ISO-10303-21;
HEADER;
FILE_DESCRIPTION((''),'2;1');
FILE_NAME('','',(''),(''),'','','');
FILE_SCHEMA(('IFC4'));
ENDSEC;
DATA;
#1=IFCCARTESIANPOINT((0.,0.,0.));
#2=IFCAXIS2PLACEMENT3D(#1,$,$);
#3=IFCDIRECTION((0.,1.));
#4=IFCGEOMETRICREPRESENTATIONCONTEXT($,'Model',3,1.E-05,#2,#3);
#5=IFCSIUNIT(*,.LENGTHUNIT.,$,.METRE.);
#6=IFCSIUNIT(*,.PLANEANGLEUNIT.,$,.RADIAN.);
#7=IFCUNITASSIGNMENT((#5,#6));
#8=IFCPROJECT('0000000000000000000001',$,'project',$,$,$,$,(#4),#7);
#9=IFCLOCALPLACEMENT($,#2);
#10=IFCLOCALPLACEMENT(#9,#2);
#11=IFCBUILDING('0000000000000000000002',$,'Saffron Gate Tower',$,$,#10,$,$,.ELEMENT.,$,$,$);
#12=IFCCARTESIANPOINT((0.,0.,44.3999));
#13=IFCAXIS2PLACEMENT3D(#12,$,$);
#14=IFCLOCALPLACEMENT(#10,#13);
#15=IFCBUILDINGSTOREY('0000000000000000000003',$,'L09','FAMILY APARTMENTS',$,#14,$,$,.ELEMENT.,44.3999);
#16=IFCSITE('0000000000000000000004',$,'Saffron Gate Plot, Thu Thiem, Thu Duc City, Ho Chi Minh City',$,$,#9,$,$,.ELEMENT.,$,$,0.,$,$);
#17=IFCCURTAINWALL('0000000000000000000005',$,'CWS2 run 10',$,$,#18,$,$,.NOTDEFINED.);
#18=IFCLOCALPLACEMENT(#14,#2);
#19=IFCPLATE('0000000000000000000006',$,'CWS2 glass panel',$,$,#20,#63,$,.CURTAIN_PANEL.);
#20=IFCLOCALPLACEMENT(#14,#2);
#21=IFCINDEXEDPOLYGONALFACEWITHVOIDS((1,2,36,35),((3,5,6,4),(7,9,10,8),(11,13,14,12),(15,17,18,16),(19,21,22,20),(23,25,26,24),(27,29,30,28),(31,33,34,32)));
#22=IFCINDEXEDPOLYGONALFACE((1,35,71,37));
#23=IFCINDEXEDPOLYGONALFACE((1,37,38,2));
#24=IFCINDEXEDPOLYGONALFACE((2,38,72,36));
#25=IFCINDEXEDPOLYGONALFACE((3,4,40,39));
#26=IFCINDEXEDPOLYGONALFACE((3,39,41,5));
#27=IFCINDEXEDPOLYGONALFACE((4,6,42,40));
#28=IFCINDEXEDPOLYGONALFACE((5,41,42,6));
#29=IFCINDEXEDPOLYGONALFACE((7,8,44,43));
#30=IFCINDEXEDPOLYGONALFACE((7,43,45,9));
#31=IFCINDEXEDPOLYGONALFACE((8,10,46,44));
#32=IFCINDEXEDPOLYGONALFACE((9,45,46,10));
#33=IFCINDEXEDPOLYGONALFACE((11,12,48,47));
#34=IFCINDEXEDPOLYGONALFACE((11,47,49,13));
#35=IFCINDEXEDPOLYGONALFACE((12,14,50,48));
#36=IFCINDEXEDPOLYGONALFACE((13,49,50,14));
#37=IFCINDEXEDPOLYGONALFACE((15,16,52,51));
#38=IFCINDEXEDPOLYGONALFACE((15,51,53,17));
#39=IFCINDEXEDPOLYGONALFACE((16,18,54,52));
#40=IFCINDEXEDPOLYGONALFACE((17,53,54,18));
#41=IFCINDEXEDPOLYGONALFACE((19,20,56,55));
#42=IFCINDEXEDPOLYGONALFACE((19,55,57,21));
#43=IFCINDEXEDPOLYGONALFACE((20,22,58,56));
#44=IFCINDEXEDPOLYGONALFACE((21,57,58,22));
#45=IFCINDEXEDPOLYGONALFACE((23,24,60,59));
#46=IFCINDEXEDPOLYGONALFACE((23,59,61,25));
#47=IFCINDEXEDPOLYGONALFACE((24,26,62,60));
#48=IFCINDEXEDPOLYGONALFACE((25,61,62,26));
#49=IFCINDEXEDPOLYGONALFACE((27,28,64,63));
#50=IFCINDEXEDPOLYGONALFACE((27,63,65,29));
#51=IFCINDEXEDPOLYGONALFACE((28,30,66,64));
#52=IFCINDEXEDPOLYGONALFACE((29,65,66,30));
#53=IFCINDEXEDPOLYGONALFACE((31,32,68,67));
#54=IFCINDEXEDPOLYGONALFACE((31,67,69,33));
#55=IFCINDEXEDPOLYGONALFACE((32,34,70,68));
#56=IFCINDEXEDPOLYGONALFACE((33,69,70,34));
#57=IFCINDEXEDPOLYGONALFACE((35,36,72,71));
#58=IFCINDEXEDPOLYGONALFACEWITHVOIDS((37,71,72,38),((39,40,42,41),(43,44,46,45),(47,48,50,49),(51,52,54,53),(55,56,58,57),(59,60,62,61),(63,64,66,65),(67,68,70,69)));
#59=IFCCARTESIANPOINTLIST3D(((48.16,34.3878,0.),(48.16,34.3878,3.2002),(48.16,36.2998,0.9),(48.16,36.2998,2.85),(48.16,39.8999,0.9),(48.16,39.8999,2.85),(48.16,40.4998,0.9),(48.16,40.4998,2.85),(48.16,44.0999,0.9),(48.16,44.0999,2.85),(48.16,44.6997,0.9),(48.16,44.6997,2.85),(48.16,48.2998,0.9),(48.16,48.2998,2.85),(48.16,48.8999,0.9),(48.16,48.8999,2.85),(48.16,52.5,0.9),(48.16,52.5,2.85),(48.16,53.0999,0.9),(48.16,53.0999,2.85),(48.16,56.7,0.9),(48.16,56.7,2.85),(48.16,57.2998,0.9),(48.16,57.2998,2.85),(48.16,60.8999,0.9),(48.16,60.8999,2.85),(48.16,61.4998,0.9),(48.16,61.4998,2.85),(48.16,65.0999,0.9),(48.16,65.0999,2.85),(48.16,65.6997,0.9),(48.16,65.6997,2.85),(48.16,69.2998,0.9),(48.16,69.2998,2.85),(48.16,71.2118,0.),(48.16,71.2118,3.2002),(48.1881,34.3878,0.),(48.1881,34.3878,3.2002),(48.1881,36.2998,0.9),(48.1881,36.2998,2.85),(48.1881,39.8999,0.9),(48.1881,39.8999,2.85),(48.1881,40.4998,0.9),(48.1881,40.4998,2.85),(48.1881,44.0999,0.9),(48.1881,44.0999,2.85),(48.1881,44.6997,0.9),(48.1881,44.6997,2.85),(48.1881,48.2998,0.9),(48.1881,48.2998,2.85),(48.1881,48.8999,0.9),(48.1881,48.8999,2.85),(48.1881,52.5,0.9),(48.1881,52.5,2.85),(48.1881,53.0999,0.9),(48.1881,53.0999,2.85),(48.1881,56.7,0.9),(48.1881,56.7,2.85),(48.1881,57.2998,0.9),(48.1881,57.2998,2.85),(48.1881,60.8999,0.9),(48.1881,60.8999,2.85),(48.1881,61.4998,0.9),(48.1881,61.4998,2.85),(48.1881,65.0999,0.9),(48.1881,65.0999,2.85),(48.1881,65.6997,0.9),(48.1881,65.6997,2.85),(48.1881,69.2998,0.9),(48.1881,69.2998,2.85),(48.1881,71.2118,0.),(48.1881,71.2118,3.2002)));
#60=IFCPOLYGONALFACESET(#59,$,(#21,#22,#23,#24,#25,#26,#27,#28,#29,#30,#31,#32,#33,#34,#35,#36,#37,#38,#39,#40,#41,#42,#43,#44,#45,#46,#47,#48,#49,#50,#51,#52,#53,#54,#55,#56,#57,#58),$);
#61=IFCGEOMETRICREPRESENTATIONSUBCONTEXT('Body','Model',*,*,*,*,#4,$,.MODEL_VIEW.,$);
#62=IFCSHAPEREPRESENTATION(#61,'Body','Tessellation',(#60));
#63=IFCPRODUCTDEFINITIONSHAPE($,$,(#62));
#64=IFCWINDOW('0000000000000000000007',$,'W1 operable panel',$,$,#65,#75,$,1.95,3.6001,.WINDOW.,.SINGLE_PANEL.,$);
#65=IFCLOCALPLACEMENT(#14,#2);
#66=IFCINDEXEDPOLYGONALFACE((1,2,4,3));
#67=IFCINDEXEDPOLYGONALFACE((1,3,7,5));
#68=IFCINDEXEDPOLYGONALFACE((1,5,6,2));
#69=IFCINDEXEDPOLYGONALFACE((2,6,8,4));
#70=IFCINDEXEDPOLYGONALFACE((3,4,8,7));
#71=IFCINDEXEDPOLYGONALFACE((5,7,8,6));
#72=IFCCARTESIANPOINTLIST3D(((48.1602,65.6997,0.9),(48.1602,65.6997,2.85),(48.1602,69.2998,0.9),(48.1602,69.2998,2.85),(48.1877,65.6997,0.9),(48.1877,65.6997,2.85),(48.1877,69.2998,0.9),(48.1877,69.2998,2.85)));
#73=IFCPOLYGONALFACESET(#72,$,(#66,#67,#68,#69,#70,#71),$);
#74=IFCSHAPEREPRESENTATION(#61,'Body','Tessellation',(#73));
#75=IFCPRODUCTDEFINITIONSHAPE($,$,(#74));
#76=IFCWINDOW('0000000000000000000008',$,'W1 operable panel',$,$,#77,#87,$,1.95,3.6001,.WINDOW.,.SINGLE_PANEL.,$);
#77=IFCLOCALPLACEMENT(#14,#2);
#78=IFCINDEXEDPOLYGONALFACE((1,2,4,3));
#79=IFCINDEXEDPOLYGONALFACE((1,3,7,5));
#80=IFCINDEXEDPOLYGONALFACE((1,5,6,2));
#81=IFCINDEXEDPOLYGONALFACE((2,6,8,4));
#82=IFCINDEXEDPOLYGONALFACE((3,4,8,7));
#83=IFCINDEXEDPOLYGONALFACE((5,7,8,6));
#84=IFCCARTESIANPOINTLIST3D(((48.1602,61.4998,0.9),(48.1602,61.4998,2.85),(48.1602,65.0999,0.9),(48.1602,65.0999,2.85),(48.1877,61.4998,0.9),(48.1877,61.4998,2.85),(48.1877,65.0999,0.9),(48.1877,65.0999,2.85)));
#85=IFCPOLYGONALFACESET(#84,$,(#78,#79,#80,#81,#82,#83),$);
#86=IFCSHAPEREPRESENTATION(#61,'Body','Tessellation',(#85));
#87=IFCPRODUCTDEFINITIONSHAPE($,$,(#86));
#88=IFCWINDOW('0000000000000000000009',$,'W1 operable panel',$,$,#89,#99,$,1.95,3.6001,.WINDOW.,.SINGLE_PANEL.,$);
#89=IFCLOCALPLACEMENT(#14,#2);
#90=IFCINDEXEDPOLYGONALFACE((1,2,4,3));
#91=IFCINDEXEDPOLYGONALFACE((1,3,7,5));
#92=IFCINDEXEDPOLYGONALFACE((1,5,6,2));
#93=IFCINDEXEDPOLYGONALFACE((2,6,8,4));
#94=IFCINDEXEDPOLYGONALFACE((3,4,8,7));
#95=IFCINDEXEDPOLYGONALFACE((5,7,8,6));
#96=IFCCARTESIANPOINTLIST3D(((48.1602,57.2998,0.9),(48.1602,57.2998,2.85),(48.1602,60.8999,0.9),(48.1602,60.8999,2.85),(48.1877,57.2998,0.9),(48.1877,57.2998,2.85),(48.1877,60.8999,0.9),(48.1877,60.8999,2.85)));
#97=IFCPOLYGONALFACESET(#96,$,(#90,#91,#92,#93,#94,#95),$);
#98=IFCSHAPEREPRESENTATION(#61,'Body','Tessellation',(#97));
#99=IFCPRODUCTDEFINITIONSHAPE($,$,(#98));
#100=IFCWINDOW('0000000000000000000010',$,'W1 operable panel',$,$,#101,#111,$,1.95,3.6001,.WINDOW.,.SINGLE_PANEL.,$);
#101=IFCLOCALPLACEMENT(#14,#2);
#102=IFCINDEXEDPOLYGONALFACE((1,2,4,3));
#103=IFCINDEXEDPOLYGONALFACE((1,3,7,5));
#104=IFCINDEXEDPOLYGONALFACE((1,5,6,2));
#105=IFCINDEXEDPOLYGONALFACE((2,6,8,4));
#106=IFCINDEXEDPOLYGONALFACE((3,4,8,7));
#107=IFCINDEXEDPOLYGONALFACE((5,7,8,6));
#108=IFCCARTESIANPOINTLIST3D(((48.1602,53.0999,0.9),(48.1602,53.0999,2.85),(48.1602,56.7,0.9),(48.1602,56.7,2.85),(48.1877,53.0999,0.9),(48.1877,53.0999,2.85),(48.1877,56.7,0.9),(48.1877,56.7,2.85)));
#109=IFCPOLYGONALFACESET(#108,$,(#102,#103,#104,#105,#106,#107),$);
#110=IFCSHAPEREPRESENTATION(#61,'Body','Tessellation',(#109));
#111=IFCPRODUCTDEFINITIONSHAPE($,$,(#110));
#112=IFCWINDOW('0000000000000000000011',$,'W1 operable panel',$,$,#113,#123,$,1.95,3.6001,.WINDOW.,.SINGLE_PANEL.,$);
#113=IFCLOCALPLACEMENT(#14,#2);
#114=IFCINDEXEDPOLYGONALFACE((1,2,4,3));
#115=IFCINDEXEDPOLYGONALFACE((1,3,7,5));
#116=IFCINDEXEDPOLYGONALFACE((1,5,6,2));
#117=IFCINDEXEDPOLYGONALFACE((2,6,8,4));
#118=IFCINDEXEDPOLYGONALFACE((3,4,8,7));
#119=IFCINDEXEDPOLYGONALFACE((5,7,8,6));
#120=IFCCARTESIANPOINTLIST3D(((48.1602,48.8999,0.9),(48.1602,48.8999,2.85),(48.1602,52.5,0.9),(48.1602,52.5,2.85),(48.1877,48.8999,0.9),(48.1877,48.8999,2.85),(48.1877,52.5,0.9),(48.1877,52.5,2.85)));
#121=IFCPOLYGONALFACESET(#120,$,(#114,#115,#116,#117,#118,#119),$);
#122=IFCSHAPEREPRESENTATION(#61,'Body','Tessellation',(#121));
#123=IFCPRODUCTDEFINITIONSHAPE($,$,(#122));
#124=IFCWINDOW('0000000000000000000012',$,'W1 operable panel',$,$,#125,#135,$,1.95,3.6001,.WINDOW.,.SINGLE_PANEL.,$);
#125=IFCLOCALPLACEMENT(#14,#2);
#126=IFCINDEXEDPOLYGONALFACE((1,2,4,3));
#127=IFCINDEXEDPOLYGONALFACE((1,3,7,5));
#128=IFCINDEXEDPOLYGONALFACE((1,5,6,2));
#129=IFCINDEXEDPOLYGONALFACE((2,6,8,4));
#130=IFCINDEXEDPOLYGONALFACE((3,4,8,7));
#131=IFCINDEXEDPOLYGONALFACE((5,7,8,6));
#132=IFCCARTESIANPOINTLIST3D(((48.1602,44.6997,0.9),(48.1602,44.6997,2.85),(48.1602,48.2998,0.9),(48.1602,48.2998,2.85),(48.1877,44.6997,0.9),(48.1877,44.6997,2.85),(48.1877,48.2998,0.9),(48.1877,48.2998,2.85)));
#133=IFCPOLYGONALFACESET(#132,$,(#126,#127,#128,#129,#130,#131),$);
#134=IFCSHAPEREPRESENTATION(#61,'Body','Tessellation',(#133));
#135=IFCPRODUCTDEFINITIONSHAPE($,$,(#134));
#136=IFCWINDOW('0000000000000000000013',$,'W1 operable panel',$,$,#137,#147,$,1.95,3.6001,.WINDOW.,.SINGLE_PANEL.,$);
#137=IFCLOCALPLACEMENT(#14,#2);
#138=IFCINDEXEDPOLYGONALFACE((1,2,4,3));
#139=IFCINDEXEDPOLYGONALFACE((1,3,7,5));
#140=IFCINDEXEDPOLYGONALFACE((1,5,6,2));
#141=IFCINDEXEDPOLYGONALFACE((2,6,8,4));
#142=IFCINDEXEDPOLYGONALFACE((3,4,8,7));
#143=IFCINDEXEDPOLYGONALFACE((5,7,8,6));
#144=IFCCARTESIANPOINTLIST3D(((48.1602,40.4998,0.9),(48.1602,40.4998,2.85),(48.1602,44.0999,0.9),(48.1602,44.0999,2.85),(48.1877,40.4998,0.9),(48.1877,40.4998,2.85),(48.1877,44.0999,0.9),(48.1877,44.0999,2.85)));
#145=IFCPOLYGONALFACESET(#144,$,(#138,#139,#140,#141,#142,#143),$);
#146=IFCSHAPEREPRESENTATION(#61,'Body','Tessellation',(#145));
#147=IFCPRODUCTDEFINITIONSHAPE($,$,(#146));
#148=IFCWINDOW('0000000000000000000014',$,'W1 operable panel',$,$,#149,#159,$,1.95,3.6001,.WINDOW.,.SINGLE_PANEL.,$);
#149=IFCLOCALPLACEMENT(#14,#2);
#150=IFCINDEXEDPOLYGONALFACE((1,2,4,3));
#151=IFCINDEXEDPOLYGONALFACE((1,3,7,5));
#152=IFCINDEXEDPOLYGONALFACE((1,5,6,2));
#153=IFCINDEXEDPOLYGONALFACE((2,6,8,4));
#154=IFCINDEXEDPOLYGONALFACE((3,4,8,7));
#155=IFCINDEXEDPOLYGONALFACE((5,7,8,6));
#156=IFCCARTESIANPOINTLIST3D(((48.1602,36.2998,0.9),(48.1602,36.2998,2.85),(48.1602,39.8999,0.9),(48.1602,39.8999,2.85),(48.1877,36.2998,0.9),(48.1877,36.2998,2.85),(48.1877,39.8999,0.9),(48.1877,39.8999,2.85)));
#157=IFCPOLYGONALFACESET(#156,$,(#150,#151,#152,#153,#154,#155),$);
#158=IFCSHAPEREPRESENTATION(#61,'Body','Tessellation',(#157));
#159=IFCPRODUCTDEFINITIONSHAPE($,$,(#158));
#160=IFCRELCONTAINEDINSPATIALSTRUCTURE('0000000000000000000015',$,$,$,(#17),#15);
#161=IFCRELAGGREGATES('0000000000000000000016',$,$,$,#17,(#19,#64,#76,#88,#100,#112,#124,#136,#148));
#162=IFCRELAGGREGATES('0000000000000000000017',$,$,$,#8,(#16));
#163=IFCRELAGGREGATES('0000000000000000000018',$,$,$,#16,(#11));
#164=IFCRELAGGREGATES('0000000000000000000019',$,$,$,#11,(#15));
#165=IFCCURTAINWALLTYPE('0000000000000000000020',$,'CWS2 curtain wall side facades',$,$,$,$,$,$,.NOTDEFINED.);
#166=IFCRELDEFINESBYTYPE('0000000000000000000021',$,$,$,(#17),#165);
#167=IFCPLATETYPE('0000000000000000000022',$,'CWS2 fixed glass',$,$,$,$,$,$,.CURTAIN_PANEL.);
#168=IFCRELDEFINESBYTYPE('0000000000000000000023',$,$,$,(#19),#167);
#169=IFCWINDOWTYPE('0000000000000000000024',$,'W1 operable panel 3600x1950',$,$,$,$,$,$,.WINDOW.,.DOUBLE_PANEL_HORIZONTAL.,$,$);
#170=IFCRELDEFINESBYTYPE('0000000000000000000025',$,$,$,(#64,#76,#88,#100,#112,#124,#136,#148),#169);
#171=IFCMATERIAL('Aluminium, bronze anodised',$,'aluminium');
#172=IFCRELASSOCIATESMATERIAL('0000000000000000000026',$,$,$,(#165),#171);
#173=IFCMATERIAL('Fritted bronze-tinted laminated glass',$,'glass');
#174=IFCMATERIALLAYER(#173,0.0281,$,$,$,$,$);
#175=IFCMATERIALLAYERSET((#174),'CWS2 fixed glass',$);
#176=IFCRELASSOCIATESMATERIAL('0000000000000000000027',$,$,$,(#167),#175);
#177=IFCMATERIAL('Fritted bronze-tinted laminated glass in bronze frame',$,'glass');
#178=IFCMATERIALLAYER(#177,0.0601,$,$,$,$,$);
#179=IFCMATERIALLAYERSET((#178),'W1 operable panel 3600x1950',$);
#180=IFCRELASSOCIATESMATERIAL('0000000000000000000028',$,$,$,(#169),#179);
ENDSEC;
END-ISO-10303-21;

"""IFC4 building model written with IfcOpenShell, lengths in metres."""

from ifc_helpers import new_model, si_unit, direction, frame, frame_2d, origin, place, context, subcontext, project, spatial, rectangle, extrude, material, layer, layer_set, type_object, element, fill, aggregate, save


model = new_model("IFC4")

# Units and contexts
model_context = context("Model", 3, precision=1e-05, world=origin(), true_north=direction((0.0, 1.0)))
body_context = subcontext(model_context, "Body", "Model", "MODEL_VIEW")
ifc_project = project(units=[si_unit("LENGTHUNIT", "METRE"), si_unit("PLANEANGLEUNIT", "RADIAN")], contexts=[model_context])

# Site, building, storey
site_placement = place(None, origin())
site = spatial("IfcSite", under=ifc_project, at=site_placement, Name="Saffron Gate Plot, Thu Thiem, Thu Duc City, Ho Chi Minh City", CompositionType="ELEMENT", RefElevation=0.0)
building_placement = place(site_placement, origin())
building = spatial("IfcBuilding", under=site, at=building_placement, Name="Saffron Gate Tower", CompositionType="ELEMENT")
storey_placement = place(building_placement, frame((0.0, 0.0, 44.3999)))
storey = spatial("IfcBuildingStorey", under=building, at=storey_placement, Name="L09", Description="FAMILY APARTMENTS", CompositionType="ELEMENT", Elevation=44.3999)

# Curtain wall
ifc_material_1 = material(Name="Aluminium, bronze anodised", Category="aluminium")
curtain_wall_type_1 = type_object("IfcCurtainWallType", Name="CWS2 curtain wall side facades", PredefinedType="NOTDEFINED", material=ifc_material_1)
curtain_wall_1_placement = place(storey_placement, origin())
curtain_wall_1 = element("IfcCurtainWall", 1, at=curtain_wall_1_placement, inside=storey, type_object=curtain_wall_type_1, Name="CWS2 run 10", PredefinedType="NOTDEFINED")

# Plate, openings, windows
ifc_material_2 = material(Name="Fritted bronze-tinted laminated glass", Category="glass")
ifc_layer_1 = layer(ifc_material_2, 0.0281)
ifc_layer_set_1 = layer_set([ifc_layer_1], Name="CWS2 fixed glass")
plate_type = type_object("IfcPlateType", Name="CWS2 fixed glass", PredefinedType="CURTAIN_PANEL", material=ifc_layer_set_1)
plate_placement = place(storey_placement, frame((48.1741, 71.2119, 0.0), z_axis=(0.0, 0.0, 1.0), x_axis=(0.0, -1.0, 0.0)))
plate = element("IfcPlate", 2, at=plate_placement, type_object=plate_type, Name="CWS2 glass panel", PredefinedType="CURTAIN_PANEL", context=body_context, shape_type="SweptSolid", body=[
    extrude(rectangle(XDim=36.824, YDim=0.0281, at=frame_2d((18.4121, 0.0))), origin(), (0.0, 0.0, 1.0), 3.2002),
])
opening_1_placement = place(plate_placement, frame((1.9121, 0.0, 0.8999)))
opening_1 = element("IfcOpeningElement", 3, at=opening_1_placement, cuts=plate, PredefinedType="OPENING", context=body_context, shape_type="SweptSolid", body=[
    extrude(rectangle(XDim=3.6001, YDim=1.95, at=frame_2d((1.8, 0.9751))), frame((0.0, 0.0239, 0.0), z_axis=(0.0, -1.0, 0.0), x_axis=(1.0, 0.0, 0.0)), (0.0, 0.0, 1.0), 0.0481),
])
opening_2_placement = place(plate_placement, frame((6.1121, 0.0, 0.8999)))
opening_2 = element("IfcOpeningElement", 4, at=opening_2_placement, cuts=plate, PredefinedType="OPENING", context=body_context, shape_type="SweptSolid", body=[
    extrude(rectangle(XDim=3.6001, YDim=1.95, at=frame_2d((1.8, 0.9751))), frame((0.0, 0.0239, 0.0), z_axis=(0.0, -1.0, 0.0), x_axis=(1.0, 0.0, 0.0)), (0.0, 0.0, 1.0), 0.0481),
])
opening_3_placement = place(plate_placement, frame((10.312, 0.0, 0.8999)))
opening_3 = element("IfcOpeningElement", 5, at=opening_3_placement, cuts=plate, PredefinedType="OPENING", context=body_context, shape_type="SweptSolid", body=[
    extrude(rectangle(XDim=3.6001, YDim=1.95, at=frame_2d((1.8, 0.9751))), frame((0.0, 0.0239, 0.0), z_axis=(0.0, -1.0, 0.0), x_axis=(1.0, 0.0, 0.0)), (0.0, 0.0, 1.0), 0.0481),
])
opening_4_placement = place(plate_placement, frame((14.512, 0.0, 0.8999)))
opening_4 = element("IfcOpeningElement", 6, at=opening_4_placement, cuts=plate, PredefinedType="OPENING", context=body_context, shape_type="SweptSolid", body=[
    extrude(rectangle(XDim=3.6001, YDim=1.95, at=frame_2d((1.8, 0.9751))), frame((0.0, 0.0239, 0.0), z_axis=(0.0, -1.0, 0.0), x_axis=(1.0, 0.0, 0.0)), (0.0, 0.0, 1.0), 0.0481),
])
opening_5_placement = place(plate_placement, frame((18.7119, 0.0, 0.8999)))
opening_5 = element("IfcOpeningElement", 7, at=opening_5_placement, cuts=plate, PredefinedType="OPENING", context=body_context, shape_type="SweptSolid", body=[
    extrude(rectangle(XDim=3.6001, YDim=1.95, at=frame_2d((1.8, 0.9751))), frame((0.0, 0.0239, 0.0), z_axis=(0.0, -1.0, 0.0), x_axis=(1.0, 0.0, 0.0)), (0.0, 0.0, 1.0), 0.0481),
])
opening_6_placement = place(plate_placement, frame((22.9121, 0.0, 0.8999)))
opening_6 = element("IfcOpeningElement", 8, at=opening_6_placement, cuts=plate, PredefinedType="OPENING", context=body_context, shape_type="SweptSolid", body=[
    extrude(rectangle(XDim=3.6001, YDim=1.95, at=frame_2d((1.8, 0.9751))), frame((0.0, 0.0239, 0.0), z_axis=(0.0, -1.0, 0.0), x_axis=(1.0, 0.0, 0.0)), (0.0, 0.0, 1.0), 0.0481),
])
opening_7_placement = place(plate_placement, frame((27.1121, 0.0, 0.8999)))
opening_7 = element("IfcOpeningElement", 9, at=opening_7_placement, cuts=plate, PredefinedType="OPENING", context=body_context, shape_type="SweptSolid", body=[
    extrude(rectangle(XDim=3.6001, YDim=1.95, at=frame_2d((1.8, 0.9751))), frame((0.0, 0.0239, 0.0), z_axis=(0.0, -1.0, 0.0), x_axis=(1.0, 0.0, 0.0)), (0.0, 0.0, 1.0), 0.0481),
])
opening_8_placement = place(plate_placement, frame((31.312, 0.0, 0.8999)))
opening_8 = element("IfcOpeningElement", 10, at=opening_8_placement, cuts=plate, PredefinedType="OPENING", context=body_context, shape_type="SweptSolid", body=[
    extrude(rectangle(XDim=3.6001, YDim=1.95, at=frame_2d((1.8, 0.9751))), frame((0.0, 0.0239, 0.0), z_axis=(0.0, -1.0, 0.0), x_axis=(1.0, 0.0, 0.0)), (0.0, 0.0, 1.0), 0.0481),
])
ifc_material_3 = material(Name="Fritted bronze-tinted laminated glass in bronze frame", Category="glass")
ifc_layer_2 = layer(ifc_material_3, 0.0601)
ifc_layer_set_2 = layer_set([ifc_layer_2], Name="W1 operable panel 3600x1950")
window_type = type_object("IfcWindowType", Name="W1 operable panel 3600x1950", PartitioningType="DOUBLE_PANEL_HORIZONTAL", PredefinedType="WINDOW", material=ifc_layer_set_2)
window_1_placement = place(opening_1_placement, origin())
window_1 = element("IfcWindow", 11, at=window_1_placement, type_object=window_type, Name="W1 operable panel", OverallHeight=1.95, OverallWidth=3.6001, PartitioningType="SINGLE_PANEL", PredefinedType="WINDOW", context=body_context, shape_type="SweptSolid", body=[
    extrude(rectangle(XDim=3.6001, YDim=1.95, at=frame_2d((1.8, 0.9751))), frame((0.0, 0.0137, 0.0), z_axis=(0.0, -1.0, 0.0), x_axis=(1.0, 0.0, 0.0)), (0.0, 0.0, 1.0), 0.0276),
])
fill(opening_1, window_1)
window_2_placement = place(opening_2_placement, origin())
window_2 = element("IfcWindow", 12, at=window_2_placement, type_object=window_type, Name="W1 operable panel", OverallHeight=1.95, OverallWidth=3.6001, PartitioningType="SINGLE_PANEL", PredefinedType="WINDOW", context=body_context, shape_type="SweptSolid", body=[
    extrude(rectangle(XDim=3.6001, YDim=1.95, at=frame_2d((1.8, 0.9751))), frame((0.0, 0.0137, 0.0), z_axis=(0.0, -1.0, 0.0), x_axis=(1.0, 0.0, 0.0)), (0.0, 0.0, 1.0), 0.0276),
])
fill(opening_2, window_2)
window_3_placement = place(opening_3_placement, origin())
window_3 = element("IfcWindow", 13, at=window_3_placement, type_object=window_type, Name="W1 operable panel", OverallHeight=1.95, OverallWidth=3.6001, PartitioningType="SINGLE_PANEL", PredefinedType="WINDOW", context=body_context, shape_type="SweptSolid", body=[
    extrude(rectangle(XDim=3.6001, YDim=1.95, at=frame_2d((1.8, 0.9751))), frame((0.0, 0.0137, 0.0), z_axis=(0.0, -1.0, 0.0), x_axis=(1.0, 0.0, 0.0)), (0.0, 0.0, 1.0), 0.0276),
])
fill(opening_3, window_3)
window_4_placement = place(opening_4_placement, origin())
window_4 = element("IfcWindow", 14, at=window_4_placement, type_object=window_type, Name="W1 operable panel", OverallHeight=1.95, OverallWidth=3.6001, PartitioningType="SINGLE_PANEL", PredefinedType="WINDOW", context=body_context, shape_type="SweptSolid", body=[
    extrude(rectangle(XDim=3.6001, YDim=1.95, at=frame_2d((1.8, 0.9751))), frame((0.0, 0.0137, 0.0), z_axis=(0.0, -1.0, 0.0), x_axis=(1.0, 0.0, 0.0)), (0.0, 0.0, 1.0), 0.0276),
])
fill(opening_4, window_4)
window_5_placement = place(opening_5_placement, origin())
window_5 = element("IfcWindow", 15, at=window_5_placement, type_object=window_type, Name="W1 operable panel", OverallHeight=1.95, OverallWidth=3.6001, PartitioningType="SINGLE_PANEL", PredefinedType="WINDOW", context=body_context, shape_type="SweptSolid", body=[
    extrude(rectangle(XDim=3.6001, YDim=1.95, at=frame_2d((1.8, 0.9751))), frame((0.0, 0.0137, 0.0), z_axis=(0.0, -1.0, 0.0), x_axis=(1.0, 0.0, 0.0)), (0.0, 0.0, 1.0), 0.0276),
])
fill(opening_5, window_5)
window_6_placement = place(opening_6_placement, origin())
window_6 = element("IfcWindow", 16, at=window_6_placement, type_object=window_type, Name="W1 operable panel", OverallHeight=1.95, OverallWidth=3.6001, PartitioningType="SINGLE_PANEL", PredefinedType="WINDOW", context=body_context, shape_type="SweptSolid", body=[
    extrude(rectangle(XDim=3.6001, YDim=1.95, at=frame_2d((1.8, 0.9751))), frame((0.0, 0.0137, 0.0), z_axis=(0.0, -1.0, 0.0), x_axis=(1.0, 0.0, 0.0)), (0.0, 0.0, 1.0), 0.0276),
])
fill(opening_6, window_6)
window_7_placement = place(opening_7_placement, origin())
window_7 = element("IfcWindow", 17, at=window_7_placement, type_object=window_type, Name="W1 operable panel", OverallHeight=1.95, OverallWidth=3.6001, PartitioningType="SINGLE_PANEL", PredefinedType="WINDOW", context=body_context, shape_type="SweptSolid", body=[
    extrude(rectangle(XDim=3.6001, YDim=1.95, at=frame_2d((1.8, 0.9751))), frame((0.0, 0.0137, 0.0), z_axis=(0.0, -1.0, 0.0), x_axis=(1.0, 0.0, 0.0)), (0.0, 0.0, 1.0), 0.0276),
])
fill(opening_7, window_7)
window_8_placement = place(opening_8_placement, origin())
window_8 = element("IfcWindow", 18, at=window_8_placement, type_object=window_type, Name="W1 operable panel", OverallHeight=1.95, OverallWidth=3.6001, PartitioningType="SINGLE_PANEL", PredefinedType="WINDOW", context=body_context, shape_type="SweptSolid", body=[
    extrude(rectangle(XDim=3.6001, YDim=1.95, at=frame_2d((1.8, 0.9751))), frame((0.0, 0.0137, 0.0), z_axis=(0.0, -1.0, 0.0), x_axis=(1.0, 0.0, 0.0)), (0.0, 0.0, 1.0), 0.0276),
])
fill(opening_8, window_8)
aggregate(curtain_wall_1, [plate, window_1, window_2, window_3, window_4, window_5, window_6, window_7, window_8])

save(model, "model.ifc")
